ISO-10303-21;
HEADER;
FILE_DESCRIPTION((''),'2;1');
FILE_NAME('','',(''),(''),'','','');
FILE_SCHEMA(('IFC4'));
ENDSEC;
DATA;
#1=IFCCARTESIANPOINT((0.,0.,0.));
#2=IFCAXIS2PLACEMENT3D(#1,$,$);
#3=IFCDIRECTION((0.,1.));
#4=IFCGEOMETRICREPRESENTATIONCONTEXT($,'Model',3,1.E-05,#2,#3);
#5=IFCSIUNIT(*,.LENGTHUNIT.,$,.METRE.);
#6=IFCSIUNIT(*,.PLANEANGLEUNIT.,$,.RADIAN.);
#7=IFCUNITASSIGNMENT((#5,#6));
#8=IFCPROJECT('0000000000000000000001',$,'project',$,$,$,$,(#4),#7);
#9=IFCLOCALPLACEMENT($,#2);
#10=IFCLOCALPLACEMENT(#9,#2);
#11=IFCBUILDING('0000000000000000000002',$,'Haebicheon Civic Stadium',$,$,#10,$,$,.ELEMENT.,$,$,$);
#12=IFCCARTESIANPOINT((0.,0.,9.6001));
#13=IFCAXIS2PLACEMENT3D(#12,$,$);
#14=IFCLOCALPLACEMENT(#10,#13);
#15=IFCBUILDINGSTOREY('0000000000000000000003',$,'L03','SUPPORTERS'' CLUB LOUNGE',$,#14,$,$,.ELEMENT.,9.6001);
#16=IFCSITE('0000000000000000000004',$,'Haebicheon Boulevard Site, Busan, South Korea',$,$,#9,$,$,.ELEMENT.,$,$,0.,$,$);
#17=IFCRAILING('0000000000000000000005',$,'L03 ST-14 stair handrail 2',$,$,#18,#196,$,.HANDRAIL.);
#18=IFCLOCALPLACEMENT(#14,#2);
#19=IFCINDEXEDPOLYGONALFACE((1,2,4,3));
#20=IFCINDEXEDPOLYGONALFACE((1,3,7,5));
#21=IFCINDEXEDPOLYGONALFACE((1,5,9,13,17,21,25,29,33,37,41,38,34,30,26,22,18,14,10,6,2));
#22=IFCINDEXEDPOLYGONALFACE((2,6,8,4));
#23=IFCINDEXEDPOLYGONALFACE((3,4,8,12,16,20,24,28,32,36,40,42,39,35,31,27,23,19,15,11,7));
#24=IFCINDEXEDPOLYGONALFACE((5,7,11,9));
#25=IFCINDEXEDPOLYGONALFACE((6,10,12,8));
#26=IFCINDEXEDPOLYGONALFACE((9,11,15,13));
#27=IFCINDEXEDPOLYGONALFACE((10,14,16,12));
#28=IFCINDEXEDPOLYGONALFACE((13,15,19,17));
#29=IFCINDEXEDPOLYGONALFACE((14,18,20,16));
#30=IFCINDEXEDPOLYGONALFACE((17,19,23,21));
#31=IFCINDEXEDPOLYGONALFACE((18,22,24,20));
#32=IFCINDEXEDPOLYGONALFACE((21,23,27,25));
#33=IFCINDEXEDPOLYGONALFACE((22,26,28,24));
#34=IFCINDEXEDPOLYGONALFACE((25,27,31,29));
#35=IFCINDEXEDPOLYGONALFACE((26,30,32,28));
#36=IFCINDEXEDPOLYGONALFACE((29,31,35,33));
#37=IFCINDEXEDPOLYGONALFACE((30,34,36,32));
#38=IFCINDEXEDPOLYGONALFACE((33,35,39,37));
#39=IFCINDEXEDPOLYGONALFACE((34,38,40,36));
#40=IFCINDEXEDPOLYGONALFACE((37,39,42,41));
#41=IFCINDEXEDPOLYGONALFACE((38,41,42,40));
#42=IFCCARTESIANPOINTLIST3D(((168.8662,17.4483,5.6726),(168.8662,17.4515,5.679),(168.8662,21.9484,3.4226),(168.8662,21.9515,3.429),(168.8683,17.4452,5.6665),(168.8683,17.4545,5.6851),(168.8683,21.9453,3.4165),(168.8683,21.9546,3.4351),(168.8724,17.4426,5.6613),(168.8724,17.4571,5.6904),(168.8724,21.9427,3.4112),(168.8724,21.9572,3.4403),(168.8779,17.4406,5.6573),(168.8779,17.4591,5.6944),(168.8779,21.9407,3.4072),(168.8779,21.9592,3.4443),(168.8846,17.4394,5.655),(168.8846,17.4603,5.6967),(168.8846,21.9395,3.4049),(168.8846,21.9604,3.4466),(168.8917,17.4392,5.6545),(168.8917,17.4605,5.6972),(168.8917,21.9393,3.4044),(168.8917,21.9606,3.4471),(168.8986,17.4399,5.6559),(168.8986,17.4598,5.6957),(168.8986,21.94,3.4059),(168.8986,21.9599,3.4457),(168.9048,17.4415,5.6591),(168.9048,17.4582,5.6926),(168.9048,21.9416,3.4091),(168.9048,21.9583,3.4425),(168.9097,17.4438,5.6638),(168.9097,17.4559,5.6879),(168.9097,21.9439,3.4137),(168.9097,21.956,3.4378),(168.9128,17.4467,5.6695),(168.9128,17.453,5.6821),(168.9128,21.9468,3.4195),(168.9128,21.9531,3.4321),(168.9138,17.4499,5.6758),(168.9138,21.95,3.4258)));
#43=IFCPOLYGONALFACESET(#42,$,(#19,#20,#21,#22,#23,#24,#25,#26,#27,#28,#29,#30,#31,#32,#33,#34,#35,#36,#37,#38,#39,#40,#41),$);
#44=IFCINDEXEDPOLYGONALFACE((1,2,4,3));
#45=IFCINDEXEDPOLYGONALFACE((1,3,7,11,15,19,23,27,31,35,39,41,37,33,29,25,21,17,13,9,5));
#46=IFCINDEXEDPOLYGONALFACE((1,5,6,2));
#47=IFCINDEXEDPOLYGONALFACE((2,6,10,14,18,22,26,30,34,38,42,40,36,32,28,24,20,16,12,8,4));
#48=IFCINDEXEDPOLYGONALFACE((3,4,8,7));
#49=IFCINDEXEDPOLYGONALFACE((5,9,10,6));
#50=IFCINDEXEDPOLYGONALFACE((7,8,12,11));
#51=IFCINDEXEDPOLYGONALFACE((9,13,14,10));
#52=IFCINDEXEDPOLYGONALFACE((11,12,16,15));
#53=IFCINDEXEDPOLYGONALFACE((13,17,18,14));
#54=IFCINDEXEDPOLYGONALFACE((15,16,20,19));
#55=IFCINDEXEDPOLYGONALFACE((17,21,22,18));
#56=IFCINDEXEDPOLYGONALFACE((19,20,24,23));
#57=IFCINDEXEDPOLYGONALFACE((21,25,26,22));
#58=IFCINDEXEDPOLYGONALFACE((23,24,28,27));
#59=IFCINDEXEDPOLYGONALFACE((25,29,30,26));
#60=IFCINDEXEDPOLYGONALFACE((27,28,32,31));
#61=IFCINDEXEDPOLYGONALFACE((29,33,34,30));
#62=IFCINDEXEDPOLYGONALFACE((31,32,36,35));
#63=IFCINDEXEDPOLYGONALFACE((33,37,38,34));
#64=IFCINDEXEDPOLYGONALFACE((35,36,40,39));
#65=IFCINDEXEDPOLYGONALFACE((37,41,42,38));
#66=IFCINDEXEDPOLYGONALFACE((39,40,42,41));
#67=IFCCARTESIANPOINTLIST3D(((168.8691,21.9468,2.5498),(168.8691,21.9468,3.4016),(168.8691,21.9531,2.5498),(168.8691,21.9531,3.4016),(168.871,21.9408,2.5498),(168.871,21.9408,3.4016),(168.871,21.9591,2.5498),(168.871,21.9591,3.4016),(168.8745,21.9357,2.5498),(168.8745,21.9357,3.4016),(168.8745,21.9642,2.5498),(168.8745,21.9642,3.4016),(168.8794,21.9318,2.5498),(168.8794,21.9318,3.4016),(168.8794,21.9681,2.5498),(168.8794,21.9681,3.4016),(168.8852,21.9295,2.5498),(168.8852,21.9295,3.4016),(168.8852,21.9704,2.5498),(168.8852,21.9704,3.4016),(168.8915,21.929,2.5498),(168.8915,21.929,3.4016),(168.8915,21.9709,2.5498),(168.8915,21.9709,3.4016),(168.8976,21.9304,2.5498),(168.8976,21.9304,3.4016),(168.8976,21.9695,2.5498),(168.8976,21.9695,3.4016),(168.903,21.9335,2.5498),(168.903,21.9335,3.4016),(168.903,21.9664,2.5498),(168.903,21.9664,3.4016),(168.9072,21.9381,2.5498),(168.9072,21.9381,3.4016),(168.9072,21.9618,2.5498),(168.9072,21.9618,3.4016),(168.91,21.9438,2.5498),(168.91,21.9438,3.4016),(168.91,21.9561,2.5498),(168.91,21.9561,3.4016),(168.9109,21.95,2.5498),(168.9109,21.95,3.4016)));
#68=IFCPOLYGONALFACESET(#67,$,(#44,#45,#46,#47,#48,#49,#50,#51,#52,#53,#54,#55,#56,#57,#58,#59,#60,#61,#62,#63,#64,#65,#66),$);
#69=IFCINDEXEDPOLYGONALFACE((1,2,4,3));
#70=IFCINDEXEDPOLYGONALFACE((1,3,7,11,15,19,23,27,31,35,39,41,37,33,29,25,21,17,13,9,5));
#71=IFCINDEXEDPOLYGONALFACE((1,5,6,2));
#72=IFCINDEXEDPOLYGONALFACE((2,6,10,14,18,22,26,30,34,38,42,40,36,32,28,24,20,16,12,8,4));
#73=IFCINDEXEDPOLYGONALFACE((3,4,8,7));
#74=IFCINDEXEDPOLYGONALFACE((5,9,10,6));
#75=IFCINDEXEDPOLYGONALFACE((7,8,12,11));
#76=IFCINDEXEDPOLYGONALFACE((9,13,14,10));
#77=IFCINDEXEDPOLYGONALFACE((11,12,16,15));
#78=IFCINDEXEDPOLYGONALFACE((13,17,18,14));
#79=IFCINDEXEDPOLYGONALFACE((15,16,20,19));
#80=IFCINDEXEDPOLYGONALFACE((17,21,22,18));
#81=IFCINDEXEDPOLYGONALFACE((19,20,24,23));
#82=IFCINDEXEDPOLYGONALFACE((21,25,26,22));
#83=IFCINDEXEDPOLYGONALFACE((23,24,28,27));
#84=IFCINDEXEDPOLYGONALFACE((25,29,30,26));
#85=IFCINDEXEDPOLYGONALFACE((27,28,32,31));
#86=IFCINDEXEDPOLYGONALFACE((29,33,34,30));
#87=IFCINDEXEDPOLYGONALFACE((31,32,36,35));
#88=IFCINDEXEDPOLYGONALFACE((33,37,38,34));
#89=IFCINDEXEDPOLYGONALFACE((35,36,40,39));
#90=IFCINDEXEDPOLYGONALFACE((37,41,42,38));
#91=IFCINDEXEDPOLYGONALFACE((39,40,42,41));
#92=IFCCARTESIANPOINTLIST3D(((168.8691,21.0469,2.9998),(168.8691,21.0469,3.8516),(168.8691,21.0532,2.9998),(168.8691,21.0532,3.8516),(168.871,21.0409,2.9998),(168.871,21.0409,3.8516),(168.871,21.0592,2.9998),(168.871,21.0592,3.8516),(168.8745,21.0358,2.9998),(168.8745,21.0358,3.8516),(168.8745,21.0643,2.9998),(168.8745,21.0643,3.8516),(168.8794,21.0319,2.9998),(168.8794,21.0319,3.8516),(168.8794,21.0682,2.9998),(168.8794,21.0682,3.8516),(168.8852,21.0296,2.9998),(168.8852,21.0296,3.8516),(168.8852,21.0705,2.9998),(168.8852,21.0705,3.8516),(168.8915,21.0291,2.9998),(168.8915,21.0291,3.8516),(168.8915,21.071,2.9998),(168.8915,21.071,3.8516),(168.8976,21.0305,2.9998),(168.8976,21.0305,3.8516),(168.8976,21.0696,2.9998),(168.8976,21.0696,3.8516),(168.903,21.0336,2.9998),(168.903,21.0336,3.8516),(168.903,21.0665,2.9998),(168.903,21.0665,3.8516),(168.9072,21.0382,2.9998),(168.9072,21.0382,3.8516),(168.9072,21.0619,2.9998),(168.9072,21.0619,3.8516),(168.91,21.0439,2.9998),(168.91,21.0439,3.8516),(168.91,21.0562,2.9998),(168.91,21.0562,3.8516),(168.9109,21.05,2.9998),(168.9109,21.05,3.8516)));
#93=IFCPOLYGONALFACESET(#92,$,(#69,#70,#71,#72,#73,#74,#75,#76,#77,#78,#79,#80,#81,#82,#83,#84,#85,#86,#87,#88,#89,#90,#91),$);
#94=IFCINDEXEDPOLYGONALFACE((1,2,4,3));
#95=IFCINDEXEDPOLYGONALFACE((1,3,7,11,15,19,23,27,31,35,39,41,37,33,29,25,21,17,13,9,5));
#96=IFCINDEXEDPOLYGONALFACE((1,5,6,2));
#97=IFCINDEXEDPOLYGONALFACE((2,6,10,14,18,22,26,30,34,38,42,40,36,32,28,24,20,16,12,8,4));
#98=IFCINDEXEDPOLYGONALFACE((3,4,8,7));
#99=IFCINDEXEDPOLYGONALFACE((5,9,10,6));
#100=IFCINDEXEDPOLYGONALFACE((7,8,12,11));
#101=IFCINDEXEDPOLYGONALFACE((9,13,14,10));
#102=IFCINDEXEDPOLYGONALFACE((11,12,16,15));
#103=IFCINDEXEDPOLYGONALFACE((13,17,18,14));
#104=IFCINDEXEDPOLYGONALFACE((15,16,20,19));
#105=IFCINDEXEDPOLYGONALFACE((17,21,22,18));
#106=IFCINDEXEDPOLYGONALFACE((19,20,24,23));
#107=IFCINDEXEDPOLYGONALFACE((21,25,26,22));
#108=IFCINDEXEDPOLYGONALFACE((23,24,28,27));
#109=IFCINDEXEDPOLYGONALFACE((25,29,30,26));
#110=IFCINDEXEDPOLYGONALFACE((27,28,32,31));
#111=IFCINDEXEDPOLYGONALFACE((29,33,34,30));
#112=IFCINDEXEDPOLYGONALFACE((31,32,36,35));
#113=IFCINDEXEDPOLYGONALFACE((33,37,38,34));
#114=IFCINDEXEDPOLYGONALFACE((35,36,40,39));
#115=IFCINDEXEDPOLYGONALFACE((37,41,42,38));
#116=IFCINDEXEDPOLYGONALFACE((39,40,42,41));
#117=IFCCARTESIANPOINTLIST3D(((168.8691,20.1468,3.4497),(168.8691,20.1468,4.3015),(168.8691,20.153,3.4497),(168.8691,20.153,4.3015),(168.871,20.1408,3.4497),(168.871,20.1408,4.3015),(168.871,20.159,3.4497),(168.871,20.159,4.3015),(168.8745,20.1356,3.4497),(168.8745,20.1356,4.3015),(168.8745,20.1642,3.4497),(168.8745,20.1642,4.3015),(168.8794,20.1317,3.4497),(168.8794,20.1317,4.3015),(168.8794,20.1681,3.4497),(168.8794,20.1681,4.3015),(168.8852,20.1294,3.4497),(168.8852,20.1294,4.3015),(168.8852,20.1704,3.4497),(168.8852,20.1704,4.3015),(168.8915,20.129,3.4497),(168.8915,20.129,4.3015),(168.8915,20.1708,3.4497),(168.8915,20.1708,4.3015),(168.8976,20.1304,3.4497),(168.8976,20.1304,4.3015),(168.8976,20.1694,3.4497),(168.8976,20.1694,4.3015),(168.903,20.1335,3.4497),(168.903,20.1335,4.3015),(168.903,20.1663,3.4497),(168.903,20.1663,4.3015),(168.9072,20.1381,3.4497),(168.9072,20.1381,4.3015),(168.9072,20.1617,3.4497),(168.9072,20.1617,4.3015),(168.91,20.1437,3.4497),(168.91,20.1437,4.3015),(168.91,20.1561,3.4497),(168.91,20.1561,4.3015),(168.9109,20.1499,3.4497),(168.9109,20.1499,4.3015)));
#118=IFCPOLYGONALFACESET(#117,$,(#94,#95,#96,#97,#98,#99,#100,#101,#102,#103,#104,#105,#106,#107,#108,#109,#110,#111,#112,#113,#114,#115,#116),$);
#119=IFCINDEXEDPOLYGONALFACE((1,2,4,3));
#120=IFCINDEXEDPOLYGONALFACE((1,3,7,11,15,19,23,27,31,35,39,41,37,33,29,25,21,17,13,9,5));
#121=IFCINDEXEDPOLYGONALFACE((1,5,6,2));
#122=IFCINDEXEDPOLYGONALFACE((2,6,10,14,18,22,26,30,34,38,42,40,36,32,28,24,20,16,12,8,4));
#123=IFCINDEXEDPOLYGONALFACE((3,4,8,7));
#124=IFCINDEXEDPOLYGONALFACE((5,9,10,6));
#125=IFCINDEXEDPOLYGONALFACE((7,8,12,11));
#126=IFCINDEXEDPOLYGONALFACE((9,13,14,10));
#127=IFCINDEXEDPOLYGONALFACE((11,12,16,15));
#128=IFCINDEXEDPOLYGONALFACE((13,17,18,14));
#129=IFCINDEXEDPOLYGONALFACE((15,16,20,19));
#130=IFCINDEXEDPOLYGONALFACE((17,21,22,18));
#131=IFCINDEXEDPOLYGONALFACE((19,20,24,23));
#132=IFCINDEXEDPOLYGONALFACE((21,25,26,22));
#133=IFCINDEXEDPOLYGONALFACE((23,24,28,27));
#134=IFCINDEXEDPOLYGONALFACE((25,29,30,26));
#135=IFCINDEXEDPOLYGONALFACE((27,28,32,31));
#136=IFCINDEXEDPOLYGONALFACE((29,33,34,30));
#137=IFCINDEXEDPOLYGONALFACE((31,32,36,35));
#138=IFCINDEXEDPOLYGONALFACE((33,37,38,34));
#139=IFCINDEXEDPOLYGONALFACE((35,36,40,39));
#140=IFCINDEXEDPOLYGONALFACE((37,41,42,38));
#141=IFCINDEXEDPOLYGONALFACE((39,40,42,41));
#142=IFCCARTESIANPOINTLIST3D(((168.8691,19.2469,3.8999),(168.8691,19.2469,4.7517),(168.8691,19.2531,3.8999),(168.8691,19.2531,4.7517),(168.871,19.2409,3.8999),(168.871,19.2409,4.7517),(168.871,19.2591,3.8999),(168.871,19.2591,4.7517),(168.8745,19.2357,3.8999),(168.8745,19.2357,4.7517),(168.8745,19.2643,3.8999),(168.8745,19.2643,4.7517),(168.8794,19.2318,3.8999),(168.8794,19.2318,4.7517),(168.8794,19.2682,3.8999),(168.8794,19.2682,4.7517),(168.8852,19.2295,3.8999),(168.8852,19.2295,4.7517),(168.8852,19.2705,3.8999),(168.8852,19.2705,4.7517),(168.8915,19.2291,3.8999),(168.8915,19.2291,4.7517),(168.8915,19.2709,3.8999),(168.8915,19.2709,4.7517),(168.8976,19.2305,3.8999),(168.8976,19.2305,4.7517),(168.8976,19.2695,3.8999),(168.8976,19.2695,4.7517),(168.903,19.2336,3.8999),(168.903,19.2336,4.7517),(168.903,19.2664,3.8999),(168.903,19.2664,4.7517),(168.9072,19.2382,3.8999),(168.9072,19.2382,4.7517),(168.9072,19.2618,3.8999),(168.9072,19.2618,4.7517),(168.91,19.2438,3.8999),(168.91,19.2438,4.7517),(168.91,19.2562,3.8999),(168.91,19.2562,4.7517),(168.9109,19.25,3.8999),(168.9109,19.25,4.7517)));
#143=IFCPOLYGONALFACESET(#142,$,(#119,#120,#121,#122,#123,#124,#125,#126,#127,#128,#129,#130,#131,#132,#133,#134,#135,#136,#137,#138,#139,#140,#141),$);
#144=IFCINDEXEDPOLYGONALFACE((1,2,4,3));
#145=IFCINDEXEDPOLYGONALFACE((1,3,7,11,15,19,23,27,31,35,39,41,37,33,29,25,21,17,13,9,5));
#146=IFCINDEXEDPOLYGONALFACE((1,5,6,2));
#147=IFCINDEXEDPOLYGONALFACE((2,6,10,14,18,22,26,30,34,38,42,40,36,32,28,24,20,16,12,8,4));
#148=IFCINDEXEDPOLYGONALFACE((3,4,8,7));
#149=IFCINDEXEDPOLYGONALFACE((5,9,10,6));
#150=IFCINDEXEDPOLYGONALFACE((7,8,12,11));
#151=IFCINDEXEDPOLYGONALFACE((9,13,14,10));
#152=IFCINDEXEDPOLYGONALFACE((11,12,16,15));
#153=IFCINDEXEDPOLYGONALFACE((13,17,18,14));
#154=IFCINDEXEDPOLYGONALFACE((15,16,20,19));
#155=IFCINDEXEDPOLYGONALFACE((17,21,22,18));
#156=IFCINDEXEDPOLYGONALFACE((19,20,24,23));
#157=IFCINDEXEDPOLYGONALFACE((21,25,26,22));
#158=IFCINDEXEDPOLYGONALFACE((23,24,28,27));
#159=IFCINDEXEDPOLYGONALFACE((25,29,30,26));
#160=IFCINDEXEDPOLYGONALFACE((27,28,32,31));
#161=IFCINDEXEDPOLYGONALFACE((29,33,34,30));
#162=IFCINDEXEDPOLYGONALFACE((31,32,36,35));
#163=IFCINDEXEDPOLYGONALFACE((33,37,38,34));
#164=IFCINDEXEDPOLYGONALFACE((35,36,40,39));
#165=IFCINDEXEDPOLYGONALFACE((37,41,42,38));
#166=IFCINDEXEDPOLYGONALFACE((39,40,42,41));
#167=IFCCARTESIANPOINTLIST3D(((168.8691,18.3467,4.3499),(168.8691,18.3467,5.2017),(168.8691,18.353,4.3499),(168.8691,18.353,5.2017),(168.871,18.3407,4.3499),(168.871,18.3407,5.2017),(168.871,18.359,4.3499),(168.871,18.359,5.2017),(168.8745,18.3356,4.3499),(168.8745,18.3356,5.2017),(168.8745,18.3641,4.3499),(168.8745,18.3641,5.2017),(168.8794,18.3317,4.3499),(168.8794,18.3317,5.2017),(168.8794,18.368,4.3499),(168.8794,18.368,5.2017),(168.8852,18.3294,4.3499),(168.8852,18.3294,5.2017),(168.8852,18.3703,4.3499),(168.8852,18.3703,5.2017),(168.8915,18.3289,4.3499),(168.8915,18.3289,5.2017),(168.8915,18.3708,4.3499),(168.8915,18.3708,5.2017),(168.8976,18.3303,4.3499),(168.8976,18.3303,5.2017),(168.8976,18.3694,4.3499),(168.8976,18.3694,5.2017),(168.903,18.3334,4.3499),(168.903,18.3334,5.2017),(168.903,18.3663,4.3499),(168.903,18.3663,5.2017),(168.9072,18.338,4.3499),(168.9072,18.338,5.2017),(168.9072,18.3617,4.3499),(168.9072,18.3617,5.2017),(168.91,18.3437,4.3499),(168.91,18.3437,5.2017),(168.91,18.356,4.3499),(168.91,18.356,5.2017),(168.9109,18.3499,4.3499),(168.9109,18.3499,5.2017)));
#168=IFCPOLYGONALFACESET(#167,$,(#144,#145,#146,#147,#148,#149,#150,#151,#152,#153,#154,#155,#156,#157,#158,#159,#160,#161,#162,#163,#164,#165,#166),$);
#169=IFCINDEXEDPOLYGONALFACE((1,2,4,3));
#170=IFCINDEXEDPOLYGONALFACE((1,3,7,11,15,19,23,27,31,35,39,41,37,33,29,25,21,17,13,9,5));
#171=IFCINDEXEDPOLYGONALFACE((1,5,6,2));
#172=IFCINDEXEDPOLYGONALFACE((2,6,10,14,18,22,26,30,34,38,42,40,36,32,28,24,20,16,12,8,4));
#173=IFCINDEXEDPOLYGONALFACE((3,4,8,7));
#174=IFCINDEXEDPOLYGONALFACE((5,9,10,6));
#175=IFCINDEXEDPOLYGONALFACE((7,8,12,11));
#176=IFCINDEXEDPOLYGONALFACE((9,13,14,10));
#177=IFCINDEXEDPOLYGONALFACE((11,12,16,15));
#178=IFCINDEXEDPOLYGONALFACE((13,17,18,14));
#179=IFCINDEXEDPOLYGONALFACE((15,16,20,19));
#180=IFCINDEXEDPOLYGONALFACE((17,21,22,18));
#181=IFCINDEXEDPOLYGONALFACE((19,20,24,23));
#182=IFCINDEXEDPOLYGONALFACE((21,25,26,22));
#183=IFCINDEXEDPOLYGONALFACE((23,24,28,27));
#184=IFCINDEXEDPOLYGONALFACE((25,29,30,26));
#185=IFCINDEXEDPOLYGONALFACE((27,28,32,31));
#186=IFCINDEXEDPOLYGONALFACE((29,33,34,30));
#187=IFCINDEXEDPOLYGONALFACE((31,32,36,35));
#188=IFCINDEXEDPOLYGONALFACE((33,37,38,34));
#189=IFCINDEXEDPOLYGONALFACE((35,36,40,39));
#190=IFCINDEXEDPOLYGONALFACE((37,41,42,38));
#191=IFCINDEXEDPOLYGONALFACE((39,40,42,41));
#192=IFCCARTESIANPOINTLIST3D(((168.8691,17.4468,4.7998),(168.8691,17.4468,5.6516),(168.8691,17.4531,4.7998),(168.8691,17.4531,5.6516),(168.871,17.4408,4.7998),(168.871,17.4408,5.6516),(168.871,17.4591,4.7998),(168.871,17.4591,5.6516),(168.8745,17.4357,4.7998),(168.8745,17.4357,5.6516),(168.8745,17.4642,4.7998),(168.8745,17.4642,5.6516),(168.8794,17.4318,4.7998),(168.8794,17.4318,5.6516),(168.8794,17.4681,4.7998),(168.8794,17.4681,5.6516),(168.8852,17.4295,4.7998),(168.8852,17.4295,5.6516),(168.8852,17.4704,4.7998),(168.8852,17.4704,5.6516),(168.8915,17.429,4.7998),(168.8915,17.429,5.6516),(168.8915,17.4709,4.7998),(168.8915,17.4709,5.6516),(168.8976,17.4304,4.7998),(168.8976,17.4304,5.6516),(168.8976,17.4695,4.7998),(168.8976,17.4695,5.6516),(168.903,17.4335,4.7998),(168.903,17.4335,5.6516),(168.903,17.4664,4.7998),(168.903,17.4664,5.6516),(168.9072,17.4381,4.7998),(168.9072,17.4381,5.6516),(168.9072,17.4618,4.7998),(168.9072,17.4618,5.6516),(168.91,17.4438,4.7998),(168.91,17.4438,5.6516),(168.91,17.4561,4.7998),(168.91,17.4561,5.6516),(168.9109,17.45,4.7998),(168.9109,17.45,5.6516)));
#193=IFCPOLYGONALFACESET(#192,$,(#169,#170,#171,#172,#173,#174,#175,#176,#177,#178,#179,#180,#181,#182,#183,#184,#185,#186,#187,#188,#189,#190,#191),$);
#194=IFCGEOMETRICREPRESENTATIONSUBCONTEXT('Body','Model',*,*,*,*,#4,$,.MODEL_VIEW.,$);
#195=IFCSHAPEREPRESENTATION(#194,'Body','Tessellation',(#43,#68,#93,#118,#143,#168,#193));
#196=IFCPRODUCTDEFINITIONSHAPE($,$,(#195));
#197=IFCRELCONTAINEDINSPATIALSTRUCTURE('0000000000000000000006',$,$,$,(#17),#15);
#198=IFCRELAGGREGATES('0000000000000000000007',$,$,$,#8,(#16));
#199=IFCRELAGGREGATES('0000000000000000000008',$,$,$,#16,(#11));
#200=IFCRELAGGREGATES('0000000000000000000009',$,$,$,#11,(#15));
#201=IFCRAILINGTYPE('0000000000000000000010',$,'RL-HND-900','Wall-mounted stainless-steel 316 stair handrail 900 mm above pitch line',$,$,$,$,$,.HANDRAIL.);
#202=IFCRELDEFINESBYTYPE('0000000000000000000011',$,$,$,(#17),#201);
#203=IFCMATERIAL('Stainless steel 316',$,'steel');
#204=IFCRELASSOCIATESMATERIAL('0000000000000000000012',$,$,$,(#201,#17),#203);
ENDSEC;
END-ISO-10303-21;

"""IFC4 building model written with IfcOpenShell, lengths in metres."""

from ifc_helpers import new_model, si_unit, direction, frame, origin, origin_2d, place, context, subcontext, project, spatial, circle, extrude, material, type_object, element, save


model = new_model("IFC4")

# Units and contexts
model_context = context("Model", 3, precision=1e-05, world=origin(), true_north=direction((0.0, 1.0)))
body_context = subcontext(model_context, "Body", "Model", "MODEL_VIEW")
ifc_project = project(units=[si_unit("LENGTHUNIT", "METRE"), si_unit("PLANEANGLEUNIT", "RADIAN")], contexts=[model_context])

# Site, building, storey
site_placement = place(None, origin())
site = spatial("IfcSite", under=ifc_project, at=site_placement, Name="Haebicheon Boulevard Site, Busan, South Korea", CompositionType="ELEMENT", RefElevation=0.0)
building_placement = place(site_placement, origin())
building = spatial("IfcBuilding", under=site, at=building_placement, Name="Haebicheon Civic Stadium", CompositionType="ELEMENT")
storey_placement = place(building_placement, frame((0.0, 0.0, 9.6001)))
storey = spatial("IfcBuildingStorey", under=building, at=storey_placement, Name="L03", Description="SUPPORTERS' CLUB LOUNGE", CompositionType="ELEMENT", Elevation=9.6001)

# Railing
ifc_material_1 = material(Name="Stainless steel 316", Category="steel")
railing_type_1 = type_object("IfcRailingType", Name="RL-HND-900", Description="Wall-mounted stainless-steel 316 stair handrail 900 mm above pitch line", PredefinedType="HANDRAIL", material=ifc_material_1)
railing_1_placement = place(storey_placement, frame((168.8899, 21.95, 2.5498)))
element("IfcRailing", 1, at=railing_1_placement, inside=storey, type_object=railing_type_1, material=ifc_material_1, Name="L03 ST-14 stair handrail 2", PredefinedType="HANDRAIL", context=body_context, shape_type="SweptSolid", body=[
    extrude(circle(Radius=0.0239, at=origin_2d()), frame((0.0, 0.0, 0.876), z_axis=(0.0, -0.894427, 0.447214), x_axis=(1.0, 0.0, 0.0)), (0.0, 0.0, 1.0), 5.0312),
    extrude(circle(Radius=0.021, at=origin_2d()), origin(), (0.0, 0.0, 1.0), 0.8518),
    extrude(circle(Radius=0.021, at=origin_2d()), frame((0.0, -0.8999, 0.45)), (0.0, 0.0, 1.0), 0.8518),
    extrude(circle(Radius=0.021, at=origin_2d()), frame((0.0, -1.8, 0.8999)), (0.0, 0.0, 1.0), 0.8518),
    extrude(circle(Radius=0.021, at=origin_2d()), frame((0.0, -2.7, 1.3501)), (0.0, 0.0, 1.0), 0.8518),
    extrude(circle(Radius=0.021, at=origin_2d()), frame((0.0, -3.6001, 1.8)), (0.0, 0.0, 1.0), 0.8518),
    extrude(circle(Radius=0.021, at=origin_2d()), frame((0.0, -4.5, 2.25)), (0.0, 0.0, 1.0), 0.8518),
])

save(model, "model.ifc")
